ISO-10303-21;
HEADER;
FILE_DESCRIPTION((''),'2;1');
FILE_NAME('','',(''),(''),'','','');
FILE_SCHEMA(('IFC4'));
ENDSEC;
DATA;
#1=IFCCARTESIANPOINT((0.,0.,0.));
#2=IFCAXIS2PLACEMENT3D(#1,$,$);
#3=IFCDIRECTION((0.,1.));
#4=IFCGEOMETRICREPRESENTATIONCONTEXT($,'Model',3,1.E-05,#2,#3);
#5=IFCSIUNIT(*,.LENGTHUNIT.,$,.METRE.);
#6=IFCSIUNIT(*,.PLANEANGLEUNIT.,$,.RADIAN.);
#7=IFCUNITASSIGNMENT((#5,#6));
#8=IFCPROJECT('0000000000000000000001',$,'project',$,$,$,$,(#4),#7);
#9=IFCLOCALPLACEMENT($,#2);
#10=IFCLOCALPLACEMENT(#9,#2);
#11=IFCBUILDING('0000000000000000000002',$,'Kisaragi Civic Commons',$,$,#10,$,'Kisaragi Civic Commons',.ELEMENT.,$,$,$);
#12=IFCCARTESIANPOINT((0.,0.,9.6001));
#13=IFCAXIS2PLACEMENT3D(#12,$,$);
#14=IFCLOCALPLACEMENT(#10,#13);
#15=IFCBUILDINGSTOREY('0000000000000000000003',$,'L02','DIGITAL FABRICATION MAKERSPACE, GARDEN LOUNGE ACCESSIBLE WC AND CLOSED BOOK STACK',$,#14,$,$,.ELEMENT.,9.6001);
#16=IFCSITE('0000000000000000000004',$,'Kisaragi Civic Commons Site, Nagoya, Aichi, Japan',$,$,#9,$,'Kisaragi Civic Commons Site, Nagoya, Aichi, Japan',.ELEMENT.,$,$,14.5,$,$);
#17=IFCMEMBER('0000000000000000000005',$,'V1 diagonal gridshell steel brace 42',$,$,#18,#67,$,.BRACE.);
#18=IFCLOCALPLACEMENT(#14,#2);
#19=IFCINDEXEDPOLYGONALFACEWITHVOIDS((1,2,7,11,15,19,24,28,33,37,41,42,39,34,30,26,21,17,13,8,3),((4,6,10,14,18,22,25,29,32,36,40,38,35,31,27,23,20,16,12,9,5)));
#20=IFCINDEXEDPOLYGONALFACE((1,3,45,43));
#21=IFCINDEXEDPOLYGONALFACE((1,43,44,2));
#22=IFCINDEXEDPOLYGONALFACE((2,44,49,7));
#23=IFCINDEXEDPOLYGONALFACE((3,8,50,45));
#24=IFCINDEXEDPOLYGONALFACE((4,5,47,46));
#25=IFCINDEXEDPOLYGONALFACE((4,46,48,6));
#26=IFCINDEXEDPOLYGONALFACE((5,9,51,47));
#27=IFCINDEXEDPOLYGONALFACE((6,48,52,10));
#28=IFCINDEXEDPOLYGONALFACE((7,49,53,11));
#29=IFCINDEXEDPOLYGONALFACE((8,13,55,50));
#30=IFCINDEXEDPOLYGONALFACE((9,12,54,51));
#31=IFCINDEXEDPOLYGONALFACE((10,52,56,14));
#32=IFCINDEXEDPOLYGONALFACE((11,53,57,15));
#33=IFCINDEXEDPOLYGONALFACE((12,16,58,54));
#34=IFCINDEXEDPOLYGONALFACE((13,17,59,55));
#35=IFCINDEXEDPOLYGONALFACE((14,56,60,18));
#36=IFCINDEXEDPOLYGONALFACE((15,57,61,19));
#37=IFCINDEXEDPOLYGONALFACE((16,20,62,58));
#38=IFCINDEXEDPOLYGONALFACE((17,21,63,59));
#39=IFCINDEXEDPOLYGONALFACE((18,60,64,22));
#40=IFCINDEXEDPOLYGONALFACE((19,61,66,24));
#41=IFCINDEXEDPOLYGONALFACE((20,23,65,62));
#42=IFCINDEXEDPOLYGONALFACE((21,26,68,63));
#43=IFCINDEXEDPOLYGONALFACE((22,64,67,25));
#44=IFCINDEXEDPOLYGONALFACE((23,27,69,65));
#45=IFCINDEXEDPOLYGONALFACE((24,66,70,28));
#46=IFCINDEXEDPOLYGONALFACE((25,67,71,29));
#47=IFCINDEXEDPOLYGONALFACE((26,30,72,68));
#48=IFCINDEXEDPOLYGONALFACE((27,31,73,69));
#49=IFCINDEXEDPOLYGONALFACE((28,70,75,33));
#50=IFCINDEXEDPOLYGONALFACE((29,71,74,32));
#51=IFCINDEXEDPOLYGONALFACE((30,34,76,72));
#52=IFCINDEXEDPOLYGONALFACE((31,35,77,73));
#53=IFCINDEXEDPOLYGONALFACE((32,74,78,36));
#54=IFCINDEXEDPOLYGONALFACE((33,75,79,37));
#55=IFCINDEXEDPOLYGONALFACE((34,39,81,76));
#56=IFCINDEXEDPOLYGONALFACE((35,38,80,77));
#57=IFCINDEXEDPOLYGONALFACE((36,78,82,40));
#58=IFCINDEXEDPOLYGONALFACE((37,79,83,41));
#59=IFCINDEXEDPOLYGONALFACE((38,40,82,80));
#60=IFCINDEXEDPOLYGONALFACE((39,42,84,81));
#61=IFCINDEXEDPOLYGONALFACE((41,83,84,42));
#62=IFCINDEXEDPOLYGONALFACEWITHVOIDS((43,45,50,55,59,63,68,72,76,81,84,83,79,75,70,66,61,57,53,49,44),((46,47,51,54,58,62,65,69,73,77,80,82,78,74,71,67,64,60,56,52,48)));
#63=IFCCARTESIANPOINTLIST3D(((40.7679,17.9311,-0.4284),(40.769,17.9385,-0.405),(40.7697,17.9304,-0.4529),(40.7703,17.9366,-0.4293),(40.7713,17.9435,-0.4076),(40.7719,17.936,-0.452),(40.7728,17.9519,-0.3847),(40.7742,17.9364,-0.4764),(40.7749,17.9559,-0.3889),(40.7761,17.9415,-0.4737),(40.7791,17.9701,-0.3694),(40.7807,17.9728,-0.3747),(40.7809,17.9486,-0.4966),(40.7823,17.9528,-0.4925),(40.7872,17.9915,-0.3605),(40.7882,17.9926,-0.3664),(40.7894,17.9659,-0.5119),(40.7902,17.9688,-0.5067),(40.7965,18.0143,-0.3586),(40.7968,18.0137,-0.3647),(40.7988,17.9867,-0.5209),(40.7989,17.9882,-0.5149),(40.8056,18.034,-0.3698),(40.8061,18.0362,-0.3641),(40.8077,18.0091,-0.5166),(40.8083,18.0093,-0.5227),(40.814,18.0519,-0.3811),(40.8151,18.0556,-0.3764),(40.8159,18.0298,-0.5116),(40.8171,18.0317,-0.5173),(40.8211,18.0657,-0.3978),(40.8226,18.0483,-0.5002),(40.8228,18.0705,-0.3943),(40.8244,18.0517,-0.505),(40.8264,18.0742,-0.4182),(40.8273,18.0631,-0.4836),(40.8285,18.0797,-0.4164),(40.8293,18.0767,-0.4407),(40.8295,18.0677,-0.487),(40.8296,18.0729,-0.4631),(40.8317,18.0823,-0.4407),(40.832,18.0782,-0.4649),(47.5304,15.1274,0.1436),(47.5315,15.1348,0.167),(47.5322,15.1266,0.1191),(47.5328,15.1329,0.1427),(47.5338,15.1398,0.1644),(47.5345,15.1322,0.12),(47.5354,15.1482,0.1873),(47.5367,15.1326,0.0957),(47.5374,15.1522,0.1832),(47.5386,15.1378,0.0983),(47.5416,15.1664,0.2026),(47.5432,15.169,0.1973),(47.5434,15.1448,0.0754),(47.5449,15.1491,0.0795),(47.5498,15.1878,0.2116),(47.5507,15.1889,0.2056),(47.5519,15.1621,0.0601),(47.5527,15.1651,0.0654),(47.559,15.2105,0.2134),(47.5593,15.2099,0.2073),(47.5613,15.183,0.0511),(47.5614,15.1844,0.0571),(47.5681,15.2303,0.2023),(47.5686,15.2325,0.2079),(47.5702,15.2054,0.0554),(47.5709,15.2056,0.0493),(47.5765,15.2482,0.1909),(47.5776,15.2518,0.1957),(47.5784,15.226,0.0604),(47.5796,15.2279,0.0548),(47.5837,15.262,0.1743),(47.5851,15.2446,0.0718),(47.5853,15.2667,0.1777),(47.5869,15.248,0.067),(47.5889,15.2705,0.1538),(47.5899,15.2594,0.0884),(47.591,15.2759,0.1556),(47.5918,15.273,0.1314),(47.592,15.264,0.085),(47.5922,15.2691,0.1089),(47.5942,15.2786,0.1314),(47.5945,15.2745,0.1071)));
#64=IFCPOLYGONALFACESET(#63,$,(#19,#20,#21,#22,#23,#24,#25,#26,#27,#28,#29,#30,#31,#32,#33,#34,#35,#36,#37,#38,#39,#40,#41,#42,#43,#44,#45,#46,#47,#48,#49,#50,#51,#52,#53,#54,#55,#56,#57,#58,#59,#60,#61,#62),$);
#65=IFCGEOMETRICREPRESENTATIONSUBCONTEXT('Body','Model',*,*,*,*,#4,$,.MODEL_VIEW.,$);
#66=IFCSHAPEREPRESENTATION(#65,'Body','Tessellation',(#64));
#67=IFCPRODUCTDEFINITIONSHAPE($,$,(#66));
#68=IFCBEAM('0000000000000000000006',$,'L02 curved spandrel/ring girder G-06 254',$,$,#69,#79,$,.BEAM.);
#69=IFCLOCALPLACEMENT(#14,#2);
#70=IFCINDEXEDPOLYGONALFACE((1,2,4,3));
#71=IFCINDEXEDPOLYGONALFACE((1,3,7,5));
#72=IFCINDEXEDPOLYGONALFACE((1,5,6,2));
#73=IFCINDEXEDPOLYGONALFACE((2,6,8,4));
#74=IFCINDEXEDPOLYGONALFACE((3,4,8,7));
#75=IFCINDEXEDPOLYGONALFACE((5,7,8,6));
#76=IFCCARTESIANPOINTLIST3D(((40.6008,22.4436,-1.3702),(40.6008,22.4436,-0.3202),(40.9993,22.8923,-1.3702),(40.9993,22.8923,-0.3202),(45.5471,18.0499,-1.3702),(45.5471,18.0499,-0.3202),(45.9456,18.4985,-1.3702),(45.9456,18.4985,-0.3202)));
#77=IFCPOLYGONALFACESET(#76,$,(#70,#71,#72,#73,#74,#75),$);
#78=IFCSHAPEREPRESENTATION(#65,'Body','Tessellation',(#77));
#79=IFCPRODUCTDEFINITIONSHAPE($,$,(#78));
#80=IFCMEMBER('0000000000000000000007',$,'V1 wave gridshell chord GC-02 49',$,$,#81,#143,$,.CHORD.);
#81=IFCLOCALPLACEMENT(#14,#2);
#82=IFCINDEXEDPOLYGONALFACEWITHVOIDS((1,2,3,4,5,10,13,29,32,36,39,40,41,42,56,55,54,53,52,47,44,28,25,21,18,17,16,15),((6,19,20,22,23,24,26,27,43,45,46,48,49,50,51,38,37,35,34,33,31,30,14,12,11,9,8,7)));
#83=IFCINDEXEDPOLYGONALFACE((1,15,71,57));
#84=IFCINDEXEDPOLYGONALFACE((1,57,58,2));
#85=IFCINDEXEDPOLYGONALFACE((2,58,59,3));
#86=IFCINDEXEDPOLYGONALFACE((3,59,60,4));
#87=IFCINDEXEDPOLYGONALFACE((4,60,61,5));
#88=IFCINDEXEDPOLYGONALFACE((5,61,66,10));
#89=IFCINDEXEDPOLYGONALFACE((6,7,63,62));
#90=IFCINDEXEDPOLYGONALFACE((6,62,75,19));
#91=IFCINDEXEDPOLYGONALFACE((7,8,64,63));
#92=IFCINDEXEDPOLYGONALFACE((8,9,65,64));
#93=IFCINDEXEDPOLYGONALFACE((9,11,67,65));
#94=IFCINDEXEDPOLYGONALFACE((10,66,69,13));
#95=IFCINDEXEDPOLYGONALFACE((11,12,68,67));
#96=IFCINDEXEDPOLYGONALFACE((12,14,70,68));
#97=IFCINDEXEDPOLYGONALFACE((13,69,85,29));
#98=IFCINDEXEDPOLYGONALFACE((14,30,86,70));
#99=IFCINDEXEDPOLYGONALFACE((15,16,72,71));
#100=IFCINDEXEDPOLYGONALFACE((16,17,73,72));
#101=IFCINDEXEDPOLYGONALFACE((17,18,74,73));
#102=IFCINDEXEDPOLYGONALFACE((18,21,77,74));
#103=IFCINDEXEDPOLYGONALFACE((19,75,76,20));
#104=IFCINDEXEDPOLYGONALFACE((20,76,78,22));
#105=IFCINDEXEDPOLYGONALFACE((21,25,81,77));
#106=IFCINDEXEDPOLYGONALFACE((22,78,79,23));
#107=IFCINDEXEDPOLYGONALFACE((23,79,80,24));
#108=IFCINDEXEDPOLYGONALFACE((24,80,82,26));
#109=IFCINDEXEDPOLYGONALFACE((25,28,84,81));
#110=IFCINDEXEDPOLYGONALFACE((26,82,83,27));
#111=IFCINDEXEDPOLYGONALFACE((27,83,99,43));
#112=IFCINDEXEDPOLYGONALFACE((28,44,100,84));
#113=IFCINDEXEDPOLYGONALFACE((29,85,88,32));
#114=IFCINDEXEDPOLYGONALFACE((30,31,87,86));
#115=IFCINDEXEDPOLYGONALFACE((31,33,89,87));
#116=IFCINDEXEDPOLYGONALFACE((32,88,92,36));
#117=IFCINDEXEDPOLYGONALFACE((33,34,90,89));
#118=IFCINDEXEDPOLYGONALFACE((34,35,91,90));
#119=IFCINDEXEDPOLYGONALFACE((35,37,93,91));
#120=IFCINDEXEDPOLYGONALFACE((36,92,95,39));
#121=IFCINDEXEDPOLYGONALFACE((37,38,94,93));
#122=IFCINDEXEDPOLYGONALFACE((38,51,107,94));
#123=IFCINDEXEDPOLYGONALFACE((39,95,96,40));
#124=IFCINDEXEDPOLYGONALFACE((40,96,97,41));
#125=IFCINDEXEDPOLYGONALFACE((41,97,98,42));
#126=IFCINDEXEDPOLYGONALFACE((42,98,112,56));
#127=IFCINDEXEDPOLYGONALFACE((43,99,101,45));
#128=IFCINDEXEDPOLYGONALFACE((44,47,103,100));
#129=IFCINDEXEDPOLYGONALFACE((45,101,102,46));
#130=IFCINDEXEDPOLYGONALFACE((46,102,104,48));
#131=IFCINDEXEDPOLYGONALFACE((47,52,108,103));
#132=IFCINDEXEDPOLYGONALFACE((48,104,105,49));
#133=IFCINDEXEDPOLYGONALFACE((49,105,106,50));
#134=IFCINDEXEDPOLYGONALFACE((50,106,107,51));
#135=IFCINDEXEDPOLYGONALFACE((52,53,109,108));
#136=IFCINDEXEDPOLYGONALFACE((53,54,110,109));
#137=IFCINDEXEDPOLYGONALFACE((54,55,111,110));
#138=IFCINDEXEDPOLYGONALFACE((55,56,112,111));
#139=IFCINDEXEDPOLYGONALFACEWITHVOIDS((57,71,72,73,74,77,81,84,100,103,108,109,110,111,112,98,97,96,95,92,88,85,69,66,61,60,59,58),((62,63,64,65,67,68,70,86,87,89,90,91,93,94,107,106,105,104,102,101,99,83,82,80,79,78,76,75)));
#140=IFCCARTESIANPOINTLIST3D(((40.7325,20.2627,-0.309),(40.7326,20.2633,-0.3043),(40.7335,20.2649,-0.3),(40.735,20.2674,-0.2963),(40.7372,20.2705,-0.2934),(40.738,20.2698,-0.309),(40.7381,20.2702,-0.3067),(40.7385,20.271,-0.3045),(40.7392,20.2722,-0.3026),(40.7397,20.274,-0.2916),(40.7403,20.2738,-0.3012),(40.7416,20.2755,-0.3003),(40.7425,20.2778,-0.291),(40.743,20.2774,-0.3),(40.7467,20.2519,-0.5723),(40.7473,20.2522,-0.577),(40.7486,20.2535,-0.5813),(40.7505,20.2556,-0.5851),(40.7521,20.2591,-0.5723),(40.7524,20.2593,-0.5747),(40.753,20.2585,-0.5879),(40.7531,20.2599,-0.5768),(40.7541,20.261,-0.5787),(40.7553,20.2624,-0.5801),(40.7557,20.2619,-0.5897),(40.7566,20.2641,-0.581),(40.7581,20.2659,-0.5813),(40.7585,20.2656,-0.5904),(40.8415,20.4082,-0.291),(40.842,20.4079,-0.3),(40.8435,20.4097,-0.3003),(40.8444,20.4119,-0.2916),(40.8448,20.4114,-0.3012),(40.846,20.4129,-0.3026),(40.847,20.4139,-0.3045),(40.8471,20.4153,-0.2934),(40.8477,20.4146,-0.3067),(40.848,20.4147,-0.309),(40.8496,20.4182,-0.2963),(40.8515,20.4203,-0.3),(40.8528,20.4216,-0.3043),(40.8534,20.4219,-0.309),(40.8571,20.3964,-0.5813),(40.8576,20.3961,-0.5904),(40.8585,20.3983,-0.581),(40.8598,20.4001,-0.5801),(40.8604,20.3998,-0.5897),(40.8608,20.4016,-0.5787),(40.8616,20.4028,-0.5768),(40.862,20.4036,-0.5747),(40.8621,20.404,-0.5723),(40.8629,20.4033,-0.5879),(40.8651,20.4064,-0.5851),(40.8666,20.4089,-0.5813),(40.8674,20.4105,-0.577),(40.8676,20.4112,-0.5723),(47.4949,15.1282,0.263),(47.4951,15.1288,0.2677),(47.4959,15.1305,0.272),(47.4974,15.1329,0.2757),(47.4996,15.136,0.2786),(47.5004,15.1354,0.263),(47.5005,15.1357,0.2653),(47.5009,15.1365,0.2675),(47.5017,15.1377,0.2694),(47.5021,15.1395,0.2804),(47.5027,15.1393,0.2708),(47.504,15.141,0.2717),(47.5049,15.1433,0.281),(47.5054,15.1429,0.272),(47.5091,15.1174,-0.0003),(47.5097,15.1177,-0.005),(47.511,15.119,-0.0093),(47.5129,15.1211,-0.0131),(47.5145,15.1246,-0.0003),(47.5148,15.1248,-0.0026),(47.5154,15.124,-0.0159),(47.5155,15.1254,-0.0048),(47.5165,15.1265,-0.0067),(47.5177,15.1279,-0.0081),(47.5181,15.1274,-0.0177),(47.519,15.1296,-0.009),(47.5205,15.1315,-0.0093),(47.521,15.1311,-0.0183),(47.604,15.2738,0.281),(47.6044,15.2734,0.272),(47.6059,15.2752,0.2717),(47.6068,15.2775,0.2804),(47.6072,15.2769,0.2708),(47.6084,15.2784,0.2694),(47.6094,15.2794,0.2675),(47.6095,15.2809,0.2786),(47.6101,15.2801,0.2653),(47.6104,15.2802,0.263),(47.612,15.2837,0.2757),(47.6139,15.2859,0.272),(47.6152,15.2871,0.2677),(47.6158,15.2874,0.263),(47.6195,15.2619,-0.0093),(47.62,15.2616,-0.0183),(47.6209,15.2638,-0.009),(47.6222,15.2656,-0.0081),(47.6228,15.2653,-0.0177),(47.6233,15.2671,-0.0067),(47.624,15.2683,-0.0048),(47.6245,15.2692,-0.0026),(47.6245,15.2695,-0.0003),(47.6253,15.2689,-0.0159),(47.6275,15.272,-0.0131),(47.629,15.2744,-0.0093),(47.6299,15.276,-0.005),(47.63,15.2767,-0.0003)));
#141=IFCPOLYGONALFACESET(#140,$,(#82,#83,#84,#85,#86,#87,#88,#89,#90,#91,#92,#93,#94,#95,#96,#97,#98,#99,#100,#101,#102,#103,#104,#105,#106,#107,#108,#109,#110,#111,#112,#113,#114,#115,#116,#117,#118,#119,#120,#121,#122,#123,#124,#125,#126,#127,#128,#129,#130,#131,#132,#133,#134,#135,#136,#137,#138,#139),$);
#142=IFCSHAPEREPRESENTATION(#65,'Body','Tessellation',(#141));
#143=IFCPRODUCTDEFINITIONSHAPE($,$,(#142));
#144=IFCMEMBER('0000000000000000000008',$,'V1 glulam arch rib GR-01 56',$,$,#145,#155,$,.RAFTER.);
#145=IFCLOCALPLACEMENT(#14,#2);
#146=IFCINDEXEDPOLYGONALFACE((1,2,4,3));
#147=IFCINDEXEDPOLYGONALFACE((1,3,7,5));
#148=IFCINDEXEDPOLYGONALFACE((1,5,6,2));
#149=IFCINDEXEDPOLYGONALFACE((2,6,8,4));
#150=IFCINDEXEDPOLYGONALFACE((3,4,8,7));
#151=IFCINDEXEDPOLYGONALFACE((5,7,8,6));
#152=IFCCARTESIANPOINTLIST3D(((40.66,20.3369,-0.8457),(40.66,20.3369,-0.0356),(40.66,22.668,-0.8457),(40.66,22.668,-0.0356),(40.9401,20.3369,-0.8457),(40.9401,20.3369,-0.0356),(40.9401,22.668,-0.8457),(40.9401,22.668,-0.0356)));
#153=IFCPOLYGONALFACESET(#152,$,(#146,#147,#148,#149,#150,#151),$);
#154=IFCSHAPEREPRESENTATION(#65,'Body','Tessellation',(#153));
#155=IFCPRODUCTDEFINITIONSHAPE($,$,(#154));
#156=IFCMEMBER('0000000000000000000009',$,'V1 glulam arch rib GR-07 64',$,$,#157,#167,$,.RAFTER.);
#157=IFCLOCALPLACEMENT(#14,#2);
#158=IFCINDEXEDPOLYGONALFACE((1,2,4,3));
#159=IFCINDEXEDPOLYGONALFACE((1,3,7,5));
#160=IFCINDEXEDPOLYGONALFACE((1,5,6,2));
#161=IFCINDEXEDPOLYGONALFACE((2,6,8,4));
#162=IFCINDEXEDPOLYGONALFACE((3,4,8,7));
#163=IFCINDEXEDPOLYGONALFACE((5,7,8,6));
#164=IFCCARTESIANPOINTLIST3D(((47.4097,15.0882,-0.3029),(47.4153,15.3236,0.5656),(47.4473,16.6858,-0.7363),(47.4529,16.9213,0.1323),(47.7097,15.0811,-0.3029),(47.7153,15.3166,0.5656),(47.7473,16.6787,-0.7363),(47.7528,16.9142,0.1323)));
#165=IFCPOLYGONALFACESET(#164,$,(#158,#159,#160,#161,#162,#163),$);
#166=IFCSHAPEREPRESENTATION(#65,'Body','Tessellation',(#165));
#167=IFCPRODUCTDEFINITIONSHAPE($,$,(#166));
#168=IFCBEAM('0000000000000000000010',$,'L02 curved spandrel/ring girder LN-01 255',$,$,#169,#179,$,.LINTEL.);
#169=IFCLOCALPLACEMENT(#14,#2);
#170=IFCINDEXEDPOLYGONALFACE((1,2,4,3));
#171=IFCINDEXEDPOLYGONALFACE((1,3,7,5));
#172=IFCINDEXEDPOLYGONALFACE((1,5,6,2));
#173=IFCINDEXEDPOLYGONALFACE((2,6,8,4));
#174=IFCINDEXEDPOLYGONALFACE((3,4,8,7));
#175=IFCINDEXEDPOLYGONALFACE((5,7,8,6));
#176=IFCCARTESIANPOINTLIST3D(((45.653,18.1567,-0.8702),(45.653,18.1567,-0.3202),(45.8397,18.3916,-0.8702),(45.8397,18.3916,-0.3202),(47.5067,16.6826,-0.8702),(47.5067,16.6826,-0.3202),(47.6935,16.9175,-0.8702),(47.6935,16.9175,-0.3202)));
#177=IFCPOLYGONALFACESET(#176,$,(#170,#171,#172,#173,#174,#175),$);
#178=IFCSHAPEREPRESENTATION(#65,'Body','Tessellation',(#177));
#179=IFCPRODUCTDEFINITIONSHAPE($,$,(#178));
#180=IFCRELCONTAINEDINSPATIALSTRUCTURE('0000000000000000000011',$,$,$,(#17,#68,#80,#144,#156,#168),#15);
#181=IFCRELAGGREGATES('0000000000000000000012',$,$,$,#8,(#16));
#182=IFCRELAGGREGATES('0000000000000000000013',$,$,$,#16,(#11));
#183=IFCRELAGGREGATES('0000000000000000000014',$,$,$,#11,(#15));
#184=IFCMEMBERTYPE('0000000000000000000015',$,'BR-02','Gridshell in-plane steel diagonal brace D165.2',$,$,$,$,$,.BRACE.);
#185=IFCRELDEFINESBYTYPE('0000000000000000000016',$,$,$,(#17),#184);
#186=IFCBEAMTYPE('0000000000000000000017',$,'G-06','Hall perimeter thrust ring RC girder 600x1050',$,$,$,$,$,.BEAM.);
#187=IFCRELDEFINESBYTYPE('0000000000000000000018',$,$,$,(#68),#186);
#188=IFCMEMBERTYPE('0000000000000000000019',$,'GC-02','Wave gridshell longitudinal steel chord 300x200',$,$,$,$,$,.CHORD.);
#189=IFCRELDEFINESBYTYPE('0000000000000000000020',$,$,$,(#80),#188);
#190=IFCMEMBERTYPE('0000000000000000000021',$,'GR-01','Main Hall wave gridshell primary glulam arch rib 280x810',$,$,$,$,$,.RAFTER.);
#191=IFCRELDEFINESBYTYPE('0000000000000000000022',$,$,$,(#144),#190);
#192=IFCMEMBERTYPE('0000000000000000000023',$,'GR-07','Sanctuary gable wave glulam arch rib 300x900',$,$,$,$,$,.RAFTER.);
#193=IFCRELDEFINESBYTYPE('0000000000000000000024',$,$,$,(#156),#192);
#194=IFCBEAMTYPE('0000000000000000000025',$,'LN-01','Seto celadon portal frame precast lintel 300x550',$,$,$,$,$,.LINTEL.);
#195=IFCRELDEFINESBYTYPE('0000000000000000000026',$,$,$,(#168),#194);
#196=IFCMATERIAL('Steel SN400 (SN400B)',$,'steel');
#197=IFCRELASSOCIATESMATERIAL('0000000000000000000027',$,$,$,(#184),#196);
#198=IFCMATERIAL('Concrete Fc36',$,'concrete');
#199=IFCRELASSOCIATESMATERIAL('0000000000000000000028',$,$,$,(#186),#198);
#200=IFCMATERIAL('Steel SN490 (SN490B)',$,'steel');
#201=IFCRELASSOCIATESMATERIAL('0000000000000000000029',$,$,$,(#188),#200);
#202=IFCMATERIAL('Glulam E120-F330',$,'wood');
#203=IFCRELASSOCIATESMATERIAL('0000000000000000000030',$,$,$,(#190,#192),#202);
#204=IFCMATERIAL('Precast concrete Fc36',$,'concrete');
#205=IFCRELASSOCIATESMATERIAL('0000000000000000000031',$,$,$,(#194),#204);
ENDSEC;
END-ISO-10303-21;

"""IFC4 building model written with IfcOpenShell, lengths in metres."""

from ifc_helpers import new_model, si_unit, direction, frame, origin, origin_2d, place, context, subcontext, project, spatial, rectangle, hollow_rectangle, hollow_circle, extrude, material, material_profile, profile_set, type_object, element, save


model = new_model("IFC4")

# Units and contexts
model_context = context("Model", 3, precision=1e-05, world=origin(), true_north=direction((0.0, 1.0)))
body_context = subcontext(model_context, "Body", "Model", "MODEL_VIEW")
ifc_project = project(units=[si_unit("LENGTHUNIT", "METRE"), si_unit("PLANEANGLEUNIT", "RADIAN")], contexts=[model_context])

# Site, building, storey
site_placement = place(None, origin())
site = spatial("IfcSite", under=ifc_project, at=site_placement, Name="Kisaragi Civic Commons Site, Nagoya, Aichi, Japan", LongName="Kisaragi Civic Commons Site, Nagoya, Aichi, Japan", CompositionType="ELEMENT", RefElevation=14.5)
building_placement = place(site_placement, origin())
building = spatial("IfcBuilding", under=site, at=building_placement, Name="Kisaragi Civic Commons", LongName="Kisaragi Civic Commons", CompositionType="ELEMENT")
storey_placement = place(building_placement, frame((0.0, 0.0, 9.6001)))
storey = spatial("IfcBuildingStorey", under=building, at=storey_placement, Name="L02", Description="DIGITAL FABRICATION MAKERSPACE, GARDEN LOUNGE ACCESSIBLE WC AND CLOSED BOOK STACK", CompositionType="ELEMENT", Elevation=9.6001)

# Member
ifc_material_1 = material(Name="Steel SN400 (SN400B)", Category="steel")
ifc_material_profile_1 = material_profile(ifc_material_1, hollow_circle(Radius=0.0825, WallThickness=0.0061, at=origin_2d()), Name="CHS-165.2x6.0", Category="steel")
ifc_profile_set_1 = profile_set([ifc_material_profile_1], Name="Steel SN400 (SN400B)")
member_type_1 = type_object("IfcMemberType", Name="BR-02", Description="Gridshell in-plane steel diagonal brace D165.2", PredefinedType="BRACE", material=ifc_profile_set_1)
member_1_placement = place(storey_placement, frame((40.8, 18.0061, -0.4407), z_axis=(0.920946, -0.381824, 0.077901), x_axis=(0.382988, 0.923753, 0.0)))
element("IfcMember", 1, at=member_1_placement, inside=storey, type_object=member_type_1, Name="V1 diagonal gridshell steel brace 42", PredefinedType="BRACE", context=body_context, shape_type="SweptSolid", body=[
    extrude(hollow_circle(Radius=0.0825, WallThickness=0.0061, at=origin_2d()), origin(), (0.0, 0.0, 1.0), 7.343),
])

# Beam
ifc_material_2 = material(Name="Concrete Fc36", Category="concrete")
ifc_material_profile_2 = material_profile(ifc_material_2, rectangle(XDim=0.6001, YDim=1.05, at=origin_2d()), Name="RC-600x1050", Category="concrete")
ifc_profile_set_2 = profile_set([ifc_material_profile_2], Name="Concrete Fc36")
beam_type_1 = type_object("IfcBeamType", Name="G-06", Description="Hall perimeter thrust ring RC girder 600x1050", PredefinedType="BEAM", material=ifc_profile_set_2)
beam_1_placement = place(storey_placement, frame((40.8, 22.668, -0.8452), z_axis=(0.747627, -0.664119, 0.0), x_axis=(0.664119, 0.747627, 0.0)))
element("IfcBeam", 2, at=beam_1_placement, inside=storey, type_object=beam_type_1, Name="L02 curved spandrel/ring girder G-06 254", PredefinedType="BEAM", context=body_context, shape_type="SweptSolid", body=[
    extrude(rectangle(XDim=0.6001, YDim=1.05, at=origin_2d()), origin(), (0.0, 0.0, 1.0), 6.616),
])

# Members
ifc_material_3 = material(Name="Steel SN490 (SN490B)", Category="steel")
ifc_material_profile_3 = material_profile(ifc_material_3, hollow_rectangle(XDim=0.2, YDim=0.3, WallThickness=0.009, InnerFilletRadius=0.009, OuterFilletRadius=0.0181, at=origin_2d()), Name="STKR-300x200x9", Category="steel")
ifc_profile_set_3 = profile_set([ifc_material_profile_3], Name="Steel SN490 (SN490B)")
member_type_2 = type_object("IfcMemberType", Name="GC-02", Description="Wave gridshell longitudinal steel chord 300x200", PredefinedType="CHORD", material=ifc_profile_set_3)
member_2_placement = place(storey_placement, frame((40.8, 20.3369, -0.4407), z_axis=(0.794641, -0.603347, 0.067217), x_axis=(0.604714, 0.796442, 0.0)))
element("IfcMember", 3, at=member_2_placement, inside=storey, type_object=member_type_2, Name="V1 wave gridshell chord GC-02 49", PredefinedType="CHORD", context=body_context, shape_type="SweptSolid", body=[
    extrude(hollow_rectangle(XDim=0.2, YDim=0.3, WallThickness=0.009, InnerFilletRadius=0.009, OuterFilletRadius=0.0181, at=origin_2d()), origin(), (0.0, 0.0, 1.0), 8.51),
])
ifc_material_4 = material(Name="Glulam E120-F330", Category="wood")
ifc_material_profile_4 = material_profile(ifc_material_4, rectangle(XDim=0.28, YDim=0.8101, at=origin_2d()), Name="GL-280x810", Category="wood")
ifc_profile_set_4 = profile_set([ifc_material_profile_4], Name="Glulam E120-F330")
member_type_3 = type_object("IfcMemberType", Name="GR-01", Description="Main Hall wave gridshell primary glulam arch rib 280x810", PredefinedType="RAFTER", material=ifc_profile_set_4)
member_3_placement = place(storey_placement, frame((40.8, 20.3369, -0.4407), z_axis=(0.0, 1.0, 0.0), x_axis=(-1.0, 0.0, 0.0)))
element("IfcMember", 4, at=member_3_placement, inside=storey, type_object=member_type_3, Name="V1 glulam arch rib GR-01 56", PredefinedType="RAFTER", context=body_context, shape_type="SweptSolid", body=[
    extrude(rectangle(XDim=0.28, YDim=0.8101, at=origin_2d()), origin(), (0.0, 0.0, 1.0), 2.3311),
])
ifc_material_profile_5 = material_profile(ifc_material_4, rectangle(XDim=0.3, YDim=0.8999, at=origin_2d()), Name="GL-300x900", Category="wood")
ifc_profile_set_5 = profile_set([ifc_material_profile_5], Name="Glulam E120-F330")
member_type_4 = type_object("IfcMemberType", Name="GR-07", Description="Sanctuary gable wave glulam arch rib 300x900", PredefinedType="RAFTER", material=ifc_profile_set_5)
member_4_placement = place(storey_placement, frame((47.5625, 15.2024, 0.1313), z_axis=(0.022706, 0.964878, -0.261714), x_axis=(-0.999723, 0.023526, 0.0)))
element("IfcMember", 5, at=member_4_placement, inside=storey, type_object=member_type_4, Name="V1 glulam arch rib GR-07 64", PredefinedType="RAFTER", context=body_context, shape_type="SweptSolid", body=[
    extrude(rectangle(XDim=0.3, YDim=0.8999, at=origin_2d()), origin(), (0.0, 0.0, 1.0), 1.6558),
])

# Beam
ifc_material_5 = material(Name="Precast concrete Fc36", Category="concrete")
ifc_material_profile_6 = material_profile(ifc_material_5, rectangle(XDim=0.3, YDim=0.55, at=origin_2d()), Name="PC-300x550", Category="concrete")
ifc_profile_set_6 = profile_set([ifc_material_profile_6], Name="Precast concrete Fc36")
beam_type_2 = type_object("IfcBeamType", Name="LN-01", Description="Seto celadon portal frame precast lintel 300x550", PredefinedType="LINTEL", material=ifc_profile_set_6)
beam_2_placement = place(storey_placement, frame((45.7463, 18.2742, -0.5952), z_axis=(0.782696, -0.622404, 0.0), x_axis=(0.622404, 0.782696, 0.0)))
element("IfcBeam", 6, at=beam_2_placement, inside=storey, type_object=beam_type_2, Name="L02 curved spandrel/ring girder LN-01 255", PredefinedType="LINTEL", context=body_context, shape_type="SweptSolid", body=[
    extrude(rectangle(XDim=0.3, YDim=0.55, at=origin_2d()), origin(), (0.0, 0.0, 1.0), 2.3684),
])

save(model, "model.ifc")
